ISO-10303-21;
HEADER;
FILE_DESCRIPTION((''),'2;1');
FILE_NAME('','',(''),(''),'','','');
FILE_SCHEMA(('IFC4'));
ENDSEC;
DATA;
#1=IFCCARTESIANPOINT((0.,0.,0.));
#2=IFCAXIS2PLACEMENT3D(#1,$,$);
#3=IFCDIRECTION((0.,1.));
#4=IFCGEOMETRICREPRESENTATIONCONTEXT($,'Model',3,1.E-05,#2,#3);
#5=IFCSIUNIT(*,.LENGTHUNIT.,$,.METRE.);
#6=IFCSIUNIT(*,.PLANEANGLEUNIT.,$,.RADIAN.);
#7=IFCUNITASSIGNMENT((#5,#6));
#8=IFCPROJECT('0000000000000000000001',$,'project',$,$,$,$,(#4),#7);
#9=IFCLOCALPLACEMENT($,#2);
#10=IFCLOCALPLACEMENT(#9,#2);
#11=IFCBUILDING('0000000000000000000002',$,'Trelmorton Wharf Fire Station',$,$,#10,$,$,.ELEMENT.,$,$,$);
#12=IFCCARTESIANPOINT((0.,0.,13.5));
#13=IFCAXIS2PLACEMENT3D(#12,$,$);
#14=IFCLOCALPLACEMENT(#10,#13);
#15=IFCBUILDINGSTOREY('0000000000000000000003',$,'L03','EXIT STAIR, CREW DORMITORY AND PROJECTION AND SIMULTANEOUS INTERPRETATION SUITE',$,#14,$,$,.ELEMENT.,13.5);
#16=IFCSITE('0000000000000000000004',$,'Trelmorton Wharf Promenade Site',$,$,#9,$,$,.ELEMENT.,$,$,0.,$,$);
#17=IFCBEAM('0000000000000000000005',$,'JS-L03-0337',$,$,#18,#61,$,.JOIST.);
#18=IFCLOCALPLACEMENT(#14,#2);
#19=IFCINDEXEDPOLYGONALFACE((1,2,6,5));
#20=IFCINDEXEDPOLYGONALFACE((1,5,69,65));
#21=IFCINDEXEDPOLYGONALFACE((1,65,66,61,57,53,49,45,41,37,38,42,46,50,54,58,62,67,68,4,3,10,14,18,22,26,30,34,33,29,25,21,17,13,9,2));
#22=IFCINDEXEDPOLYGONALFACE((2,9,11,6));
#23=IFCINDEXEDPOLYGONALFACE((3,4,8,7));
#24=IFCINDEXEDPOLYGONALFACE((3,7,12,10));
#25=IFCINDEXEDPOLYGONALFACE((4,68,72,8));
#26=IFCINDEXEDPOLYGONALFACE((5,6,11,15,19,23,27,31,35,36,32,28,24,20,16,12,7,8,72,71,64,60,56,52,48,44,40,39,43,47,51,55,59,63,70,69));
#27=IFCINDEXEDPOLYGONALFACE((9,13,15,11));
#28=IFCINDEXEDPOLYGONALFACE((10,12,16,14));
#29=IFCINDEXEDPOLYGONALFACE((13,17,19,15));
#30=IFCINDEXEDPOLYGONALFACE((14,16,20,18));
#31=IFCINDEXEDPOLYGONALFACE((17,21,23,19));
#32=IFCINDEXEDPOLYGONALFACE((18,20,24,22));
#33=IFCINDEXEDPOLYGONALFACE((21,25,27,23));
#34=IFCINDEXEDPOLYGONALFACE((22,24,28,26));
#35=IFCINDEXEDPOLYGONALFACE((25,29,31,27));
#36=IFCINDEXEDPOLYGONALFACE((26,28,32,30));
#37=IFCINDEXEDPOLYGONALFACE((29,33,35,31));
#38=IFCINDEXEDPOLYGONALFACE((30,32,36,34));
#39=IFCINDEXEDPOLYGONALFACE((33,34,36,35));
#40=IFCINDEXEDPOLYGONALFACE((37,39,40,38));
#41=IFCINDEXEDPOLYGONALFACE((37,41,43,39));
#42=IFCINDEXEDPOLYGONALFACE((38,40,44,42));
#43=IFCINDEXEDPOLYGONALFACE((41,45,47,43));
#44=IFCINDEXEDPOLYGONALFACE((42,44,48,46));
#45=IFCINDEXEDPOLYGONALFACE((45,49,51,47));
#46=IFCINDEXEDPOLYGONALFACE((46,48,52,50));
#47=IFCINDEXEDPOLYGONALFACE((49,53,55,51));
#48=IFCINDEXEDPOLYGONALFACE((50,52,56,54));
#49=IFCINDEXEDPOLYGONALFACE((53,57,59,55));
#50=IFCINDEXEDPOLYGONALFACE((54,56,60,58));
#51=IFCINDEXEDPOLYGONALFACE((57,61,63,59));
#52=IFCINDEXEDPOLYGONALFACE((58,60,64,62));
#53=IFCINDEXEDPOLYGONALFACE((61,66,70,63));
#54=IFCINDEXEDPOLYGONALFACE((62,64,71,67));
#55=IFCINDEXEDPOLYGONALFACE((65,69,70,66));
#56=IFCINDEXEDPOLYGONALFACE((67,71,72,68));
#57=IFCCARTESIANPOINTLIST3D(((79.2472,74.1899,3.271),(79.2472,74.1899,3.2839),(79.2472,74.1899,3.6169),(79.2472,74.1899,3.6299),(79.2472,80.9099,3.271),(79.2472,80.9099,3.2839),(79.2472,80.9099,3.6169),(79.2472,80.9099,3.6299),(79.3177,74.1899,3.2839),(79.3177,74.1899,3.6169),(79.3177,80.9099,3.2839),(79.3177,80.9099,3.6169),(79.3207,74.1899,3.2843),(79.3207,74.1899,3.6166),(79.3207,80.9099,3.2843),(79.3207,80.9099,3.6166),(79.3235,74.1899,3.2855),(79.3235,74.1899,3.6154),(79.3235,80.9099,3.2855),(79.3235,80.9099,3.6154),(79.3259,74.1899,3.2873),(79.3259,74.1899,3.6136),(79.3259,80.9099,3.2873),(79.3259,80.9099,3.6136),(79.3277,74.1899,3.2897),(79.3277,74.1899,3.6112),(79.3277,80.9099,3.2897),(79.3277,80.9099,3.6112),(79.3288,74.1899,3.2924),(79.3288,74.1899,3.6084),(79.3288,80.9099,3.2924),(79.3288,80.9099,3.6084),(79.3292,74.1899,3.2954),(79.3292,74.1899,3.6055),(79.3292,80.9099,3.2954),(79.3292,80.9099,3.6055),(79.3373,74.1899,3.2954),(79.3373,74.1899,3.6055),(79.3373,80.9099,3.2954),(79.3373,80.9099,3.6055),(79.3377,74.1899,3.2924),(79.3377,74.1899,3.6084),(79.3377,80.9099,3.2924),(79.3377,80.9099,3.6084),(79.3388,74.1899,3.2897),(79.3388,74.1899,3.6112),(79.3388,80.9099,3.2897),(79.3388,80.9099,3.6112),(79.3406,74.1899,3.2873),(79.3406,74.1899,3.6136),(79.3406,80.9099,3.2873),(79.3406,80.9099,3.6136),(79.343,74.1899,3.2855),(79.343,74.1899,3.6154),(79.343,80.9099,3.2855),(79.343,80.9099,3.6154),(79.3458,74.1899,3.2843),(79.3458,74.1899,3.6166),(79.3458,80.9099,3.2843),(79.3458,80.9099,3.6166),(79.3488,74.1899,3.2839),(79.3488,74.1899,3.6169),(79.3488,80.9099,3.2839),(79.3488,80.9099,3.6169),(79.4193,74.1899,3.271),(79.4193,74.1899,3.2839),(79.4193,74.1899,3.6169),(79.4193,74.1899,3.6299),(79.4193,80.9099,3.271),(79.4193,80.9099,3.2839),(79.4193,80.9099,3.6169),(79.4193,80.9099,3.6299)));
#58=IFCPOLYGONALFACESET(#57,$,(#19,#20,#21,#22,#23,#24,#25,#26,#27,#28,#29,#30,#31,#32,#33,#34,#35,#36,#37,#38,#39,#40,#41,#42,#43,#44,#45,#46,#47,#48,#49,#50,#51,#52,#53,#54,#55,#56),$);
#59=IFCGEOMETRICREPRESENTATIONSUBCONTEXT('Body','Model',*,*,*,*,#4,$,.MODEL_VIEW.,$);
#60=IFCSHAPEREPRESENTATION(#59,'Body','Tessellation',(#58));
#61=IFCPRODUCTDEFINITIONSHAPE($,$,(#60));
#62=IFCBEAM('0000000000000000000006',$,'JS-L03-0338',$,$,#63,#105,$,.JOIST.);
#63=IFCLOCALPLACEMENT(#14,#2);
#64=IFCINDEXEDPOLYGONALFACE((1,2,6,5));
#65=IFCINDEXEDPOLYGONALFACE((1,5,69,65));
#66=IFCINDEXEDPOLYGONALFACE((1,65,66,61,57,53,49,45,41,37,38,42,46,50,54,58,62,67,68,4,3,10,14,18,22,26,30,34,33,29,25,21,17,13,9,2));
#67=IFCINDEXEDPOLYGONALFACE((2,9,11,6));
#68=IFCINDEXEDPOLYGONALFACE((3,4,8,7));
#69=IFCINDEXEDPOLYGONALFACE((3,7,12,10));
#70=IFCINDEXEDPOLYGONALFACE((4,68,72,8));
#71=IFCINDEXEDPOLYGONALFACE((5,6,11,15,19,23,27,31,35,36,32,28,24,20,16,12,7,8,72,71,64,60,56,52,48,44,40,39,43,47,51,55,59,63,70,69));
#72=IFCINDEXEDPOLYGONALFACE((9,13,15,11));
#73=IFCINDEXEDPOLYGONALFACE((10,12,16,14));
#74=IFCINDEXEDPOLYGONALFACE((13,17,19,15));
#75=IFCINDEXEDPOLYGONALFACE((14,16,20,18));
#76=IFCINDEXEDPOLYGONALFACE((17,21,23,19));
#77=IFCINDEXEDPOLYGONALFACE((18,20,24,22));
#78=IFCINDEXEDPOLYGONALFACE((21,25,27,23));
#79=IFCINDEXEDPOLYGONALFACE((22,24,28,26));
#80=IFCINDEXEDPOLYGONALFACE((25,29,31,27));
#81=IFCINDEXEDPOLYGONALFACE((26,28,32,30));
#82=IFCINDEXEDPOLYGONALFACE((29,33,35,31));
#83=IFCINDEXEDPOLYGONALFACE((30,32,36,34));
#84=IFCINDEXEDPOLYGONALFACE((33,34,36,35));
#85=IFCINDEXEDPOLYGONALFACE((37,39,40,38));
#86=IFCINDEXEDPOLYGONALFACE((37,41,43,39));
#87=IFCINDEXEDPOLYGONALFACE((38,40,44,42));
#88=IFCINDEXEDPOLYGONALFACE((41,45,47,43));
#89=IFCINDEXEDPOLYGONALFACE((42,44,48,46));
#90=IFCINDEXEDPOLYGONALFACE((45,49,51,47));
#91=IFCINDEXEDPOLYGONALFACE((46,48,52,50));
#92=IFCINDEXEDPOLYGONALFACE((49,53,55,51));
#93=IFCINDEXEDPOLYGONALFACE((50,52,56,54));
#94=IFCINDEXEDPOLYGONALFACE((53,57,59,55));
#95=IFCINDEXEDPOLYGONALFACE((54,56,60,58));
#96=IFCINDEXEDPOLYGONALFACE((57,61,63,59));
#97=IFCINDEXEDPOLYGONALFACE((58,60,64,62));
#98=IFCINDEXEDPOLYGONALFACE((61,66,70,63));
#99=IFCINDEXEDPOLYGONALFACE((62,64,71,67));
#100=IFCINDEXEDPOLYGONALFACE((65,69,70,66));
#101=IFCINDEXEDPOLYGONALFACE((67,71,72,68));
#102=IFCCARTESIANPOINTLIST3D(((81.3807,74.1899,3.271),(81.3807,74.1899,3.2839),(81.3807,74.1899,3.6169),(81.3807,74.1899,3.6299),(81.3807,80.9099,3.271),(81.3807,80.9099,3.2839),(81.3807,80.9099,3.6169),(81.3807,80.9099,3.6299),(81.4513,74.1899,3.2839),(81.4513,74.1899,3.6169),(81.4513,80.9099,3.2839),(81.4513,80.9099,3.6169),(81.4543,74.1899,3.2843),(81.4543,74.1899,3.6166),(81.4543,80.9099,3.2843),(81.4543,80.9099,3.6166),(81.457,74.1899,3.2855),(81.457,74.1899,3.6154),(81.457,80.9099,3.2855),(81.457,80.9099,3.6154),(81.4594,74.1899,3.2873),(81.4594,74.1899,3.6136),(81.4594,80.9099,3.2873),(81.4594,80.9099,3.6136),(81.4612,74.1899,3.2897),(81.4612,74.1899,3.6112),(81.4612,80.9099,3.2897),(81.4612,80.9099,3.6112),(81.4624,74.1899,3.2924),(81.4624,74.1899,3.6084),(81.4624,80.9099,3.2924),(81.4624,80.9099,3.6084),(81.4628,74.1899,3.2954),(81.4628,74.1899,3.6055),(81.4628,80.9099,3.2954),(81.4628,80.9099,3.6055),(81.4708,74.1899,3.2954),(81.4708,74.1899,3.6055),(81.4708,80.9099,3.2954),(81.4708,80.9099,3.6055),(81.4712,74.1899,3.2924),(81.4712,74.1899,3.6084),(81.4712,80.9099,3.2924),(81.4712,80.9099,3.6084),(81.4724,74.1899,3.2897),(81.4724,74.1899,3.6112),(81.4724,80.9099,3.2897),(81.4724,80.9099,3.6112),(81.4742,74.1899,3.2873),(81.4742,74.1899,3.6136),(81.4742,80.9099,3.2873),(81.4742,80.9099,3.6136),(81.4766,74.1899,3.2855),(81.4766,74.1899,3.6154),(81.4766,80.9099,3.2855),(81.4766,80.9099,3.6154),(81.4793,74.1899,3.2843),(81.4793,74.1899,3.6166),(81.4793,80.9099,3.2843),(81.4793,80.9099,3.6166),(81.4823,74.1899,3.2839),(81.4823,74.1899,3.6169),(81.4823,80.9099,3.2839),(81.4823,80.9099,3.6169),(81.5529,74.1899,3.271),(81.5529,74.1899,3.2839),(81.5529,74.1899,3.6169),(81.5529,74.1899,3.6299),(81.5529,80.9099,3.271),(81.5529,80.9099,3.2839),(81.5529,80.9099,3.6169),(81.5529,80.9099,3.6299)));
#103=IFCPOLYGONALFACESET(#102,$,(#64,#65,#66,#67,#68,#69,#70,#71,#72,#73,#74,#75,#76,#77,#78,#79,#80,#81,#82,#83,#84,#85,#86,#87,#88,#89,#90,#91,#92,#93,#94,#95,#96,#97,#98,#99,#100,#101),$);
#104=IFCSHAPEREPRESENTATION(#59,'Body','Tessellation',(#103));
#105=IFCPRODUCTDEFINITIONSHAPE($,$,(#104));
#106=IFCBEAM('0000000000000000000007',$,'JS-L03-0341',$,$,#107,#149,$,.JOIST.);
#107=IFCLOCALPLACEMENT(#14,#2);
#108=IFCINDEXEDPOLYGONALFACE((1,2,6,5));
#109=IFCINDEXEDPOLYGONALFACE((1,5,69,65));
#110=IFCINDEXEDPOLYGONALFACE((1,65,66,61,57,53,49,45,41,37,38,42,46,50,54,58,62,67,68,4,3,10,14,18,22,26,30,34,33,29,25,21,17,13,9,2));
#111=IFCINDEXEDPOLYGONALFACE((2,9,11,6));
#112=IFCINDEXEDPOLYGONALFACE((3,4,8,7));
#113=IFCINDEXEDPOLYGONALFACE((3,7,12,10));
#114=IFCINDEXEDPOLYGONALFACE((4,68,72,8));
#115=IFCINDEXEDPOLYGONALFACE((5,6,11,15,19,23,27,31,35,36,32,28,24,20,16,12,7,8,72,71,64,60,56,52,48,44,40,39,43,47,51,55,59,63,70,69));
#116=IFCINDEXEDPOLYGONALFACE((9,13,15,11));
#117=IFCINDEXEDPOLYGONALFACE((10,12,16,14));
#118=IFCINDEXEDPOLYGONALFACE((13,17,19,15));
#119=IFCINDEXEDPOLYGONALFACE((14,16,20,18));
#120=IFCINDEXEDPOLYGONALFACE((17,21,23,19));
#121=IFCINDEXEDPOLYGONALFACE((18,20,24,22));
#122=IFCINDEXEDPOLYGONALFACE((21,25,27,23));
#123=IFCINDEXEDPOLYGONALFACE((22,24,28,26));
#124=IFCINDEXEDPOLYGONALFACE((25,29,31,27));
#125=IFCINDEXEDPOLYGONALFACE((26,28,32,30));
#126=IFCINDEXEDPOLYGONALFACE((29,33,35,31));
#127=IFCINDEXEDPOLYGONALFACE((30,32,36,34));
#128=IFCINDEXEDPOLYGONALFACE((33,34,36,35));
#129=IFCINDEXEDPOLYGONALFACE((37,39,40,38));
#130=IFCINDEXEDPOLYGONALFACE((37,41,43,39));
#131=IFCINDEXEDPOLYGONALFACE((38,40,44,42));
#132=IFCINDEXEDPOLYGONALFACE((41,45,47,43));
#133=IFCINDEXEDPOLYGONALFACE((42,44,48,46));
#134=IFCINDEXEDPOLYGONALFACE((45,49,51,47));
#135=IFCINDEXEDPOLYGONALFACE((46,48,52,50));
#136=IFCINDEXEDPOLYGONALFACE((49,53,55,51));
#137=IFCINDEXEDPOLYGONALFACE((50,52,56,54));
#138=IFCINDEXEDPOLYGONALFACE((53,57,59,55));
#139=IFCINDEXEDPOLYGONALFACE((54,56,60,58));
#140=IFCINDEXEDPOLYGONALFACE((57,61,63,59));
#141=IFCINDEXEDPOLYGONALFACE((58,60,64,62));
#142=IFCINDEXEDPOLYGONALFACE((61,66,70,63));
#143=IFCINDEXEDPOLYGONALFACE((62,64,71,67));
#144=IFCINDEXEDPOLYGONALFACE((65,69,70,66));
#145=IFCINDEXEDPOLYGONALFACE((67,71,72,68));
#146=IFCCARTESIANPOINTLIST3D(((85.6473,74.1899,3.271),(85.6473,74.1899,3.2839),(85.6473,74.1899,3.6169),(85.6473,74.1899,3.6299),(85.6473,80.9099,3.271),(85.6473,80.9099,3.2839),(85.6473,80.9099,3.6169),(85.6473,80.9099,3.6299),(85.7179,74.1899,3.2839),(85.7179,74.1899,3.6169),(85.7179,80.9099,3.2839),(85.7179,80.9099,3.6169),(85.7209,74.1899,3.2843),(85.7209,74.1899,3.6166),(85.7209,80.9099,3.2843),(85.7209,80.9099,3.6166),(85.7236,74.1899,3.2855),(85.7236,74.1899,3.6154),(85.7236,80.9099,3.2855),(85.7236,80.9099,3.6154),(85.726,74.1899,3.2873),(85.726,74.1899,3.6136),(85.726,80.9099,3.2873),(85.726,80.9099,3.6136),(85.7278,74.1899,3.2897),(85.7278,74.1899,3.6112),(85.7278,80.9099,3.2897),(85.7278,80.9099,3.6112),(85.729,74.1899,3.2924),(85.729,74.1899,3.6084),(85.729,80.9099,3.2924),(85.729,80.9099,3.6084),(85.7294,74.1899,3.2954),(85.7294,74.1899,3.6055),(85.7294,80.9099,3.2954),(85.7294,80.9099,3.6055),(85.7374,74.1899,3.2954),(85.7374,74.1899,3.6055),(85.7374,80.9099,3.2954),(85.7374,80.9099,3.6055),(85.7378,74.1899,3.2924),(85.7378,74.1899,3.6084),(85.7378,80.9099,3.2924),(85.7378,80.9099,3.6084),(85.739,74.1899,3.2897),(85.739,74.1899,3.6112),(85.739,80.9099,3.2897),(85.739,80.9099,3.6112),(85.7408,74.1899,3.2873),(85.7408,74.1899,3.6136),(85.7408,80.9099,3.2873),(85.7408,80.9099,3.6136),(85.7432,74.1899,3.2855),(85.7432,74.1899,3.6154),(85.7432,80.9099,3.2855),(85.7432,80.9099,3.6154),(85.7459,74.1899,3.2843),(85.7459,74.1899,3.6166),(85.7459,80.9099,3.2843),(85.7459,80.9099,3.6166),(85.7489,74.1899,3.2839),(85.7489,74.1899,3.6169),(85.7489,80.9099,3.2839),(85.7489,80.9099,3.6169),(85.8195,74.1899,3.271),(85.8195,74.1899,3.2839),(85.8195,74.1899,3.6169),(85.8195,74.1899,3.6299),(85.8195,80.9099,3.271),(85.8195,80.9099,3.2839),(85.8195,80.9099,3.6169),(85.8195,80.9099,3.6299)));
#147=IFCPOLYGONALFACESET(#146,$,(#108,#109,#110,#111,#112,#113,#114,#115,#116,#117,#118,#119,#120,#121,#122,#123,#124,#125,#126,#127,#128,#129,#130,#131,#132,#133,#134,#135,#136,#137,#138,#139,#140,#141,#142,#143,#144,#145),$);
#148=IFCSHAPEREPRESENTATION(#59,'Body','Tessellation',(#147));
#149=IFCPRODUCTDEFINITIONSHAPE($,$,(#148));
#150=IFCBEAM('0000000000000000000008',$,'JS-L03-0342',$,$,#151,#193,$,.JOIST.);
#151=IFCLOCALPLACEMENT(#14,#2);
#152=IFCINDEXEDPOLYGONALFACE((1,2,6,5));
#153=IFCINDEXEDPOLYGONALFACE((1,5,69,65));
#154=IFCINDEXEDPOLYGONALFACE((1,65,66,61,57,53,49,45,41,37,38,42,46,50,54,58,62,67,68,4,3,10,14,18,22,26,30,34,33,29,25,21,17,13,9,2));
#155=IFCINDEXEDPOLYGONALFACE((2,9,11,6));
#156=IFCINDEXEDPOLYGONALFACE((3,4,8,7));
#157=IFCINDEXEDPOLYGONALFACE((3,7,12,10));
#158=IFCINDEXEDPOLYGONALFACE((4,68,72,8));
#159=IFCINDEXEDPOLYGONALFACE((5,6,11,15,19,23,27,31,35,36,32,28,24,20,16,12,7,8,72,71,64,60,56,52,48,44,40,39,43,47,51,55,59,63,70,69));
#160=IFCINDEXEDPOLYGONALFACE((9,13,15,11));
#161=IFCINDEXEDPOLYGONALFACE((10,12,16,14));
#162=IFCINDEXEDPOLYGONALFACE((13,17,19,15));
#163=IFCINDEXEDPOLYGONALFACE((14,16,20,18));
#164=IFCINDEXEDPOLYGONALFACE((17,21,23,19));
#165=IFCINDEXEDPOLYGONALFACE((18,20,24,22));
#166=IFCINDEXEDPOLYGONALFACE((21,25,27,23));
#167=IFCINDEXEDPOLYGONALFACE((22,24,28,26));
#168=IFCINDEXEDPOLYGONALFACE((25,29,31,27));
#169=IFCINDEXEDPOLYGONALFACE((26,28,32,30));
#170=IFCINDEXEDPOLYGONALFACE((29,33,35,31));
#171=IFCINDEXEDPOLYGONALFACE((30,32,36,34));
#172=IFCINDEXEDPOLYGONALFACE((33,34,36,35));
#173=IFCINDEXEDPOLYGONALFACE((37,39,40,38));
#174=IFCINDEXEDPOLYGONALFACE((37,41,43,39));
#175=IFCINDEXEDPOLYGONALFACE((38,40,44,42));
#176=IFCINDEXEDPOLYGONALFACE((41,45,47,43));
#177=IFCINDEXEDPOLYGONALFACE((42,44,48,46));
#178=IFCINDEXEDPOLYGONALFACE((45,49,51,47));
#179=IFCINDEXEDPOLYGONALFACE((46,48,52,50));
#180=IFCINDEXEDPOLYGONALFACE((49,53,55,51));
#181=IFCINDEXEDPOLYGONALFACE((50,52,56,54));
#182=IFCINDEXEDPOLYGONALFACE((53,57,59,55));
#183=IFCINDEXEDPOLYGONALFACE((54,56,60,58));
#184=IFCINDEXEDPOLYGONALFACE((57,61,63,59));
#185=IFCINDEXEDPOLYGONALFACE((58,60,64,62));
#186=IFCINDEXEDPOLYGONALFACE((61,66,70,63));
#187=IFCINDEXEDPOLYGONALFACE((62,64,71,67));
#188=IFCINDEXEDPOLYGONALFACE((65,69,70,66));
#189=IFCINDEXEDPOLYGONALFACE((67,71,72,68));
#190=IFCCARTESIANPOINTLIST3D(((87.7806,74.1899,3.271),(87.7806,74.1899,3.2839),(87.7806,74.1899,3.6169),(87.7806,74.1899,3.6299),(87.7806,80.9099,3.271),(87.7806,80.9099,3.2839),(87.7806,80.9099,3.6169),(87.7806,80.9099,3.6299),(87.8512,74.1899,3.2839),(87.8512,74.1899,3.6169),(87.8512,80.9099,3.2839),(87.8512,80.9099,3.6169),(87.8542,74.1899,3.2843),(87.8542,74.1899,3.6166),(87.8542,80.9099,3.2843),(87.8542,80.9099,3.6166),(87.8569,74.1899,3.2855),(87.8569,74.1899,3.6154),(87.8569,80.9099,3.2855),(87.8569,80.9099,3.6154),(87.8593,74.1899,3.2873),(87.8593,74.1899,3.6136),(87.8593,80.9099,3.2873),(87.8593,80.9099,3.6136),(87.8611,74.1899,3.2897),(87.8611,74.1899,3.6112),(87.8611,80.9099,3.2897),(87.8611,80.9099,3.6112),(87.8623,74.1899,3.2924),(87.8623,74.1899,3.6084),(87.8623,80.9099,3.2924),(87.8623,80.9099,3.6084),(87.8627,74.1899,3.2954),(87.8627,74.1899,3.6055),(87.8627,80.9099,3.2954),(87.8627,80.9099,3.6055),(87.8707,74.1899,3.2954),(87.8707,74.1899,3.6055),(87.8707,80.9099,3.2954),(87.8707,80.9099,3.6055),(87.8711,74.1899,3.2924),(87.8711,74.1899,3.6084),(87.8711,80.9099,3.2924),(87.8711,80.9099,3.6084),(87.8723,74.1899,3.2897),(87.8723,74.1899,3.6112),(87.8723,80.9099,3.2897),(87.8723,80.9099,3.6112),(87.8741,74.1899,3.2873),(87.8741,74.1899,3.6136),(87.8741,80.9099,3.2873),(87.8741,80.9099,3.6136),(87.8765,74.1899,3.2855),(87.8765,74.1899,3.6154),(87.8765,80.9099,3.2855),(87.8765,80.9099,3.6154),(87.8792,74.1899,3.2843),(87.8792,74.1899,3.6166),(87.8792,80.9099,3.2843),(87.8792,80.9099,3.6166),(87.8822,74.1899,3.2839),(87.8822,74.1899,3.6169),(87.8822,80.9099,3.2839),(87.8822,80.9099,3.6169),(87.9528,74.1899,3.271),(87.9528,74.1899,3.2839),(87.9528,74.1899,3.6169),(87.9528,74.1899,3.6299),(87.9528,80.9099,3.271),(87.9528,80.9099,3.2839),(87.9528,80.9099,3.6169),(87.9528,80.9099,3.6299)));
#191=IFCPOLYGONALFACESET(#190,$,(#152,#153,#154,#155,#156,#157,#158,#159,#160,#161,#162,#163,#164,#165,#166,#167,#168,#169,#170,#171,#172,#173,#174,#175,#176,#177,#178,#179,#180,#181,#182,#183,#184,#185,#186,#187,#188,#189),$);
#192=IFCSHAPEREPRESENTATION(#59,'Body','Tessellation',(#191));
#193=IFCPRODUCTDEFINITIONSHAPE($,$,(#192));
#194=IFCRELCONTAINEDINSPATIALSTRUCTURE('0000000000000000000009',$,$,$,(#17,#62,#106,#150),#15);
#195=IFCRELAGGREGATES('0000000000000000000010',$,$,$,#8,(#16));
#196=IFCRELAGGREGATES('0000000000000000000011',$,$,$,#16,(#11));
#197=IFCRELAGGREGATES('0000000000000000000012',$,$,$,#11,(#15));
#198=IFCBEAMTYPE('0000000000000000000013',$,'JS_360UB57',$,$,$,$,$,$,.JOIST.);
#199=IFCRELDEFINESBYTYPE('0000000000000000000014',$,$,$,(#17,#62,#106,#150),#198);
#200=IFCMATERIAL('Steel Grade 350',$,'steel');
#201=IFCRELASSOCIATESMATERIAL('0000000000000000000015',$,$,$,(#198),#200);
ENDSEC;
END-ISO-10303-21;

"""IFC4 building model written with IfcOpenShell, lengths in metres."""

from ifc_helpers import new_model, si_unit, direction, frame, origin, origin_2d, place, context, subcontext, project, spatial, i_section, extrude, material, material_profile, profile_set, type_object, element, save


model = new_model("IFC4")

# Units and contexts
model_context = context("Model", 3, precision=1e-05, world=origin(), true_north=direction((0.0, 1.0)))
body_context = subcontext(model_context, "Body", "Model", "MODEL_VIEW")
ifc_project = project(units=[si_unit("LENGTHUNIT", "METRE"), si_unit("PLANEANGLEUNIT", "RADIAN")], contexts=[model_context])

# Site, building, storey
site_placement = place(None, origin())
site = spatial("IfcSite", under=ifc_project, at=site_placement, Name="Trelmorton Wharf Promenade Site", CompositionType="ELEMENT", RefElevation=0.0)
building_placement = place(site_placement, origin())
building = spatial("IfcBuilding", under=site, at=building_placement, Name="Trelmorton Wharf Fire Station", CompositionType="ELEMENT")
storey_placement = place(building_placement, frame((0.0, 0.0, 13.5)))
storey = spatial("IfcBuildingStorey", under=building, at=storey_placement, Name="L03", Description="EXIT STAIR, CREW DORMITORY AND PROJECTION AND SIMULTANEOUS INTERPRETATION SUITE", CompositionType="ELEMENT", Elevation=13.5)

# Shared definitions
ifc_material_1 = material(Name="Steel Grade 350", Category="steel")

# Beams
ifc_material_profile_1 = material_profile(ifc_material_1, i_section(OverallWidth=0.1721, OverallDepth=0.3589, WebThickness=0.0081, FlangeThickness=0.0129, FilletRadius=0.0115, at=origin_2d()), Name="360UB56.7")
ifc_profile_set_1 = profile_set([ifc_material_profile_1], Name="Steel Grade 350")
beam_type_1 = type_object("IfcBeamType", Name="JS_360UB57", PredefinedType="JOIST", material=ifc_profile_set_1)
for number, where, z_axis, x_axis, name in (
    (1, (79.3333, 74.1899, 3.4504), (0.0, 1.0, 0.0), (-1.0, 0.0, 0.0), "JS-L03-0337"),
    (2, (81.4668, 74.1899, 3.4504), (0.0, 1.0, 0.0), (-1.0, 0.0, 0.0), "JS-L03-0338"),
    (3, (85.7334, 74.1899, 3.4504), (0.0, 1.0, 0.0), (-1.0, 0.0, 0.0), "JS-L03-0341"),
    (4, (87.8667, 74.1899, 3.4504), (0.0, 1.0, 0.0), (-1.0, 0.0, 0.0), "JS-L03-0342"),
):
    element("IfcBeam", number, at=place(storey_placement, frame(where, z_axis=z_axis, x_axis=x_axis)), inside=storey, type_object=beam_type_1, Name=name, PredefinedType="JOIST", context=body_context, shape_type="SweptSolid", body=[
        extrude(i_section(OverallWidth=0.1721, OverallDepth=0.3589, WebThickness=0.0081, FlangeThickness=0.0129, FilletRadius=0.0115, at=origin_2d()), origin(), (0.0, 0.0, 1.0), 6.72),
    ])

save(model, "model.ifc")
